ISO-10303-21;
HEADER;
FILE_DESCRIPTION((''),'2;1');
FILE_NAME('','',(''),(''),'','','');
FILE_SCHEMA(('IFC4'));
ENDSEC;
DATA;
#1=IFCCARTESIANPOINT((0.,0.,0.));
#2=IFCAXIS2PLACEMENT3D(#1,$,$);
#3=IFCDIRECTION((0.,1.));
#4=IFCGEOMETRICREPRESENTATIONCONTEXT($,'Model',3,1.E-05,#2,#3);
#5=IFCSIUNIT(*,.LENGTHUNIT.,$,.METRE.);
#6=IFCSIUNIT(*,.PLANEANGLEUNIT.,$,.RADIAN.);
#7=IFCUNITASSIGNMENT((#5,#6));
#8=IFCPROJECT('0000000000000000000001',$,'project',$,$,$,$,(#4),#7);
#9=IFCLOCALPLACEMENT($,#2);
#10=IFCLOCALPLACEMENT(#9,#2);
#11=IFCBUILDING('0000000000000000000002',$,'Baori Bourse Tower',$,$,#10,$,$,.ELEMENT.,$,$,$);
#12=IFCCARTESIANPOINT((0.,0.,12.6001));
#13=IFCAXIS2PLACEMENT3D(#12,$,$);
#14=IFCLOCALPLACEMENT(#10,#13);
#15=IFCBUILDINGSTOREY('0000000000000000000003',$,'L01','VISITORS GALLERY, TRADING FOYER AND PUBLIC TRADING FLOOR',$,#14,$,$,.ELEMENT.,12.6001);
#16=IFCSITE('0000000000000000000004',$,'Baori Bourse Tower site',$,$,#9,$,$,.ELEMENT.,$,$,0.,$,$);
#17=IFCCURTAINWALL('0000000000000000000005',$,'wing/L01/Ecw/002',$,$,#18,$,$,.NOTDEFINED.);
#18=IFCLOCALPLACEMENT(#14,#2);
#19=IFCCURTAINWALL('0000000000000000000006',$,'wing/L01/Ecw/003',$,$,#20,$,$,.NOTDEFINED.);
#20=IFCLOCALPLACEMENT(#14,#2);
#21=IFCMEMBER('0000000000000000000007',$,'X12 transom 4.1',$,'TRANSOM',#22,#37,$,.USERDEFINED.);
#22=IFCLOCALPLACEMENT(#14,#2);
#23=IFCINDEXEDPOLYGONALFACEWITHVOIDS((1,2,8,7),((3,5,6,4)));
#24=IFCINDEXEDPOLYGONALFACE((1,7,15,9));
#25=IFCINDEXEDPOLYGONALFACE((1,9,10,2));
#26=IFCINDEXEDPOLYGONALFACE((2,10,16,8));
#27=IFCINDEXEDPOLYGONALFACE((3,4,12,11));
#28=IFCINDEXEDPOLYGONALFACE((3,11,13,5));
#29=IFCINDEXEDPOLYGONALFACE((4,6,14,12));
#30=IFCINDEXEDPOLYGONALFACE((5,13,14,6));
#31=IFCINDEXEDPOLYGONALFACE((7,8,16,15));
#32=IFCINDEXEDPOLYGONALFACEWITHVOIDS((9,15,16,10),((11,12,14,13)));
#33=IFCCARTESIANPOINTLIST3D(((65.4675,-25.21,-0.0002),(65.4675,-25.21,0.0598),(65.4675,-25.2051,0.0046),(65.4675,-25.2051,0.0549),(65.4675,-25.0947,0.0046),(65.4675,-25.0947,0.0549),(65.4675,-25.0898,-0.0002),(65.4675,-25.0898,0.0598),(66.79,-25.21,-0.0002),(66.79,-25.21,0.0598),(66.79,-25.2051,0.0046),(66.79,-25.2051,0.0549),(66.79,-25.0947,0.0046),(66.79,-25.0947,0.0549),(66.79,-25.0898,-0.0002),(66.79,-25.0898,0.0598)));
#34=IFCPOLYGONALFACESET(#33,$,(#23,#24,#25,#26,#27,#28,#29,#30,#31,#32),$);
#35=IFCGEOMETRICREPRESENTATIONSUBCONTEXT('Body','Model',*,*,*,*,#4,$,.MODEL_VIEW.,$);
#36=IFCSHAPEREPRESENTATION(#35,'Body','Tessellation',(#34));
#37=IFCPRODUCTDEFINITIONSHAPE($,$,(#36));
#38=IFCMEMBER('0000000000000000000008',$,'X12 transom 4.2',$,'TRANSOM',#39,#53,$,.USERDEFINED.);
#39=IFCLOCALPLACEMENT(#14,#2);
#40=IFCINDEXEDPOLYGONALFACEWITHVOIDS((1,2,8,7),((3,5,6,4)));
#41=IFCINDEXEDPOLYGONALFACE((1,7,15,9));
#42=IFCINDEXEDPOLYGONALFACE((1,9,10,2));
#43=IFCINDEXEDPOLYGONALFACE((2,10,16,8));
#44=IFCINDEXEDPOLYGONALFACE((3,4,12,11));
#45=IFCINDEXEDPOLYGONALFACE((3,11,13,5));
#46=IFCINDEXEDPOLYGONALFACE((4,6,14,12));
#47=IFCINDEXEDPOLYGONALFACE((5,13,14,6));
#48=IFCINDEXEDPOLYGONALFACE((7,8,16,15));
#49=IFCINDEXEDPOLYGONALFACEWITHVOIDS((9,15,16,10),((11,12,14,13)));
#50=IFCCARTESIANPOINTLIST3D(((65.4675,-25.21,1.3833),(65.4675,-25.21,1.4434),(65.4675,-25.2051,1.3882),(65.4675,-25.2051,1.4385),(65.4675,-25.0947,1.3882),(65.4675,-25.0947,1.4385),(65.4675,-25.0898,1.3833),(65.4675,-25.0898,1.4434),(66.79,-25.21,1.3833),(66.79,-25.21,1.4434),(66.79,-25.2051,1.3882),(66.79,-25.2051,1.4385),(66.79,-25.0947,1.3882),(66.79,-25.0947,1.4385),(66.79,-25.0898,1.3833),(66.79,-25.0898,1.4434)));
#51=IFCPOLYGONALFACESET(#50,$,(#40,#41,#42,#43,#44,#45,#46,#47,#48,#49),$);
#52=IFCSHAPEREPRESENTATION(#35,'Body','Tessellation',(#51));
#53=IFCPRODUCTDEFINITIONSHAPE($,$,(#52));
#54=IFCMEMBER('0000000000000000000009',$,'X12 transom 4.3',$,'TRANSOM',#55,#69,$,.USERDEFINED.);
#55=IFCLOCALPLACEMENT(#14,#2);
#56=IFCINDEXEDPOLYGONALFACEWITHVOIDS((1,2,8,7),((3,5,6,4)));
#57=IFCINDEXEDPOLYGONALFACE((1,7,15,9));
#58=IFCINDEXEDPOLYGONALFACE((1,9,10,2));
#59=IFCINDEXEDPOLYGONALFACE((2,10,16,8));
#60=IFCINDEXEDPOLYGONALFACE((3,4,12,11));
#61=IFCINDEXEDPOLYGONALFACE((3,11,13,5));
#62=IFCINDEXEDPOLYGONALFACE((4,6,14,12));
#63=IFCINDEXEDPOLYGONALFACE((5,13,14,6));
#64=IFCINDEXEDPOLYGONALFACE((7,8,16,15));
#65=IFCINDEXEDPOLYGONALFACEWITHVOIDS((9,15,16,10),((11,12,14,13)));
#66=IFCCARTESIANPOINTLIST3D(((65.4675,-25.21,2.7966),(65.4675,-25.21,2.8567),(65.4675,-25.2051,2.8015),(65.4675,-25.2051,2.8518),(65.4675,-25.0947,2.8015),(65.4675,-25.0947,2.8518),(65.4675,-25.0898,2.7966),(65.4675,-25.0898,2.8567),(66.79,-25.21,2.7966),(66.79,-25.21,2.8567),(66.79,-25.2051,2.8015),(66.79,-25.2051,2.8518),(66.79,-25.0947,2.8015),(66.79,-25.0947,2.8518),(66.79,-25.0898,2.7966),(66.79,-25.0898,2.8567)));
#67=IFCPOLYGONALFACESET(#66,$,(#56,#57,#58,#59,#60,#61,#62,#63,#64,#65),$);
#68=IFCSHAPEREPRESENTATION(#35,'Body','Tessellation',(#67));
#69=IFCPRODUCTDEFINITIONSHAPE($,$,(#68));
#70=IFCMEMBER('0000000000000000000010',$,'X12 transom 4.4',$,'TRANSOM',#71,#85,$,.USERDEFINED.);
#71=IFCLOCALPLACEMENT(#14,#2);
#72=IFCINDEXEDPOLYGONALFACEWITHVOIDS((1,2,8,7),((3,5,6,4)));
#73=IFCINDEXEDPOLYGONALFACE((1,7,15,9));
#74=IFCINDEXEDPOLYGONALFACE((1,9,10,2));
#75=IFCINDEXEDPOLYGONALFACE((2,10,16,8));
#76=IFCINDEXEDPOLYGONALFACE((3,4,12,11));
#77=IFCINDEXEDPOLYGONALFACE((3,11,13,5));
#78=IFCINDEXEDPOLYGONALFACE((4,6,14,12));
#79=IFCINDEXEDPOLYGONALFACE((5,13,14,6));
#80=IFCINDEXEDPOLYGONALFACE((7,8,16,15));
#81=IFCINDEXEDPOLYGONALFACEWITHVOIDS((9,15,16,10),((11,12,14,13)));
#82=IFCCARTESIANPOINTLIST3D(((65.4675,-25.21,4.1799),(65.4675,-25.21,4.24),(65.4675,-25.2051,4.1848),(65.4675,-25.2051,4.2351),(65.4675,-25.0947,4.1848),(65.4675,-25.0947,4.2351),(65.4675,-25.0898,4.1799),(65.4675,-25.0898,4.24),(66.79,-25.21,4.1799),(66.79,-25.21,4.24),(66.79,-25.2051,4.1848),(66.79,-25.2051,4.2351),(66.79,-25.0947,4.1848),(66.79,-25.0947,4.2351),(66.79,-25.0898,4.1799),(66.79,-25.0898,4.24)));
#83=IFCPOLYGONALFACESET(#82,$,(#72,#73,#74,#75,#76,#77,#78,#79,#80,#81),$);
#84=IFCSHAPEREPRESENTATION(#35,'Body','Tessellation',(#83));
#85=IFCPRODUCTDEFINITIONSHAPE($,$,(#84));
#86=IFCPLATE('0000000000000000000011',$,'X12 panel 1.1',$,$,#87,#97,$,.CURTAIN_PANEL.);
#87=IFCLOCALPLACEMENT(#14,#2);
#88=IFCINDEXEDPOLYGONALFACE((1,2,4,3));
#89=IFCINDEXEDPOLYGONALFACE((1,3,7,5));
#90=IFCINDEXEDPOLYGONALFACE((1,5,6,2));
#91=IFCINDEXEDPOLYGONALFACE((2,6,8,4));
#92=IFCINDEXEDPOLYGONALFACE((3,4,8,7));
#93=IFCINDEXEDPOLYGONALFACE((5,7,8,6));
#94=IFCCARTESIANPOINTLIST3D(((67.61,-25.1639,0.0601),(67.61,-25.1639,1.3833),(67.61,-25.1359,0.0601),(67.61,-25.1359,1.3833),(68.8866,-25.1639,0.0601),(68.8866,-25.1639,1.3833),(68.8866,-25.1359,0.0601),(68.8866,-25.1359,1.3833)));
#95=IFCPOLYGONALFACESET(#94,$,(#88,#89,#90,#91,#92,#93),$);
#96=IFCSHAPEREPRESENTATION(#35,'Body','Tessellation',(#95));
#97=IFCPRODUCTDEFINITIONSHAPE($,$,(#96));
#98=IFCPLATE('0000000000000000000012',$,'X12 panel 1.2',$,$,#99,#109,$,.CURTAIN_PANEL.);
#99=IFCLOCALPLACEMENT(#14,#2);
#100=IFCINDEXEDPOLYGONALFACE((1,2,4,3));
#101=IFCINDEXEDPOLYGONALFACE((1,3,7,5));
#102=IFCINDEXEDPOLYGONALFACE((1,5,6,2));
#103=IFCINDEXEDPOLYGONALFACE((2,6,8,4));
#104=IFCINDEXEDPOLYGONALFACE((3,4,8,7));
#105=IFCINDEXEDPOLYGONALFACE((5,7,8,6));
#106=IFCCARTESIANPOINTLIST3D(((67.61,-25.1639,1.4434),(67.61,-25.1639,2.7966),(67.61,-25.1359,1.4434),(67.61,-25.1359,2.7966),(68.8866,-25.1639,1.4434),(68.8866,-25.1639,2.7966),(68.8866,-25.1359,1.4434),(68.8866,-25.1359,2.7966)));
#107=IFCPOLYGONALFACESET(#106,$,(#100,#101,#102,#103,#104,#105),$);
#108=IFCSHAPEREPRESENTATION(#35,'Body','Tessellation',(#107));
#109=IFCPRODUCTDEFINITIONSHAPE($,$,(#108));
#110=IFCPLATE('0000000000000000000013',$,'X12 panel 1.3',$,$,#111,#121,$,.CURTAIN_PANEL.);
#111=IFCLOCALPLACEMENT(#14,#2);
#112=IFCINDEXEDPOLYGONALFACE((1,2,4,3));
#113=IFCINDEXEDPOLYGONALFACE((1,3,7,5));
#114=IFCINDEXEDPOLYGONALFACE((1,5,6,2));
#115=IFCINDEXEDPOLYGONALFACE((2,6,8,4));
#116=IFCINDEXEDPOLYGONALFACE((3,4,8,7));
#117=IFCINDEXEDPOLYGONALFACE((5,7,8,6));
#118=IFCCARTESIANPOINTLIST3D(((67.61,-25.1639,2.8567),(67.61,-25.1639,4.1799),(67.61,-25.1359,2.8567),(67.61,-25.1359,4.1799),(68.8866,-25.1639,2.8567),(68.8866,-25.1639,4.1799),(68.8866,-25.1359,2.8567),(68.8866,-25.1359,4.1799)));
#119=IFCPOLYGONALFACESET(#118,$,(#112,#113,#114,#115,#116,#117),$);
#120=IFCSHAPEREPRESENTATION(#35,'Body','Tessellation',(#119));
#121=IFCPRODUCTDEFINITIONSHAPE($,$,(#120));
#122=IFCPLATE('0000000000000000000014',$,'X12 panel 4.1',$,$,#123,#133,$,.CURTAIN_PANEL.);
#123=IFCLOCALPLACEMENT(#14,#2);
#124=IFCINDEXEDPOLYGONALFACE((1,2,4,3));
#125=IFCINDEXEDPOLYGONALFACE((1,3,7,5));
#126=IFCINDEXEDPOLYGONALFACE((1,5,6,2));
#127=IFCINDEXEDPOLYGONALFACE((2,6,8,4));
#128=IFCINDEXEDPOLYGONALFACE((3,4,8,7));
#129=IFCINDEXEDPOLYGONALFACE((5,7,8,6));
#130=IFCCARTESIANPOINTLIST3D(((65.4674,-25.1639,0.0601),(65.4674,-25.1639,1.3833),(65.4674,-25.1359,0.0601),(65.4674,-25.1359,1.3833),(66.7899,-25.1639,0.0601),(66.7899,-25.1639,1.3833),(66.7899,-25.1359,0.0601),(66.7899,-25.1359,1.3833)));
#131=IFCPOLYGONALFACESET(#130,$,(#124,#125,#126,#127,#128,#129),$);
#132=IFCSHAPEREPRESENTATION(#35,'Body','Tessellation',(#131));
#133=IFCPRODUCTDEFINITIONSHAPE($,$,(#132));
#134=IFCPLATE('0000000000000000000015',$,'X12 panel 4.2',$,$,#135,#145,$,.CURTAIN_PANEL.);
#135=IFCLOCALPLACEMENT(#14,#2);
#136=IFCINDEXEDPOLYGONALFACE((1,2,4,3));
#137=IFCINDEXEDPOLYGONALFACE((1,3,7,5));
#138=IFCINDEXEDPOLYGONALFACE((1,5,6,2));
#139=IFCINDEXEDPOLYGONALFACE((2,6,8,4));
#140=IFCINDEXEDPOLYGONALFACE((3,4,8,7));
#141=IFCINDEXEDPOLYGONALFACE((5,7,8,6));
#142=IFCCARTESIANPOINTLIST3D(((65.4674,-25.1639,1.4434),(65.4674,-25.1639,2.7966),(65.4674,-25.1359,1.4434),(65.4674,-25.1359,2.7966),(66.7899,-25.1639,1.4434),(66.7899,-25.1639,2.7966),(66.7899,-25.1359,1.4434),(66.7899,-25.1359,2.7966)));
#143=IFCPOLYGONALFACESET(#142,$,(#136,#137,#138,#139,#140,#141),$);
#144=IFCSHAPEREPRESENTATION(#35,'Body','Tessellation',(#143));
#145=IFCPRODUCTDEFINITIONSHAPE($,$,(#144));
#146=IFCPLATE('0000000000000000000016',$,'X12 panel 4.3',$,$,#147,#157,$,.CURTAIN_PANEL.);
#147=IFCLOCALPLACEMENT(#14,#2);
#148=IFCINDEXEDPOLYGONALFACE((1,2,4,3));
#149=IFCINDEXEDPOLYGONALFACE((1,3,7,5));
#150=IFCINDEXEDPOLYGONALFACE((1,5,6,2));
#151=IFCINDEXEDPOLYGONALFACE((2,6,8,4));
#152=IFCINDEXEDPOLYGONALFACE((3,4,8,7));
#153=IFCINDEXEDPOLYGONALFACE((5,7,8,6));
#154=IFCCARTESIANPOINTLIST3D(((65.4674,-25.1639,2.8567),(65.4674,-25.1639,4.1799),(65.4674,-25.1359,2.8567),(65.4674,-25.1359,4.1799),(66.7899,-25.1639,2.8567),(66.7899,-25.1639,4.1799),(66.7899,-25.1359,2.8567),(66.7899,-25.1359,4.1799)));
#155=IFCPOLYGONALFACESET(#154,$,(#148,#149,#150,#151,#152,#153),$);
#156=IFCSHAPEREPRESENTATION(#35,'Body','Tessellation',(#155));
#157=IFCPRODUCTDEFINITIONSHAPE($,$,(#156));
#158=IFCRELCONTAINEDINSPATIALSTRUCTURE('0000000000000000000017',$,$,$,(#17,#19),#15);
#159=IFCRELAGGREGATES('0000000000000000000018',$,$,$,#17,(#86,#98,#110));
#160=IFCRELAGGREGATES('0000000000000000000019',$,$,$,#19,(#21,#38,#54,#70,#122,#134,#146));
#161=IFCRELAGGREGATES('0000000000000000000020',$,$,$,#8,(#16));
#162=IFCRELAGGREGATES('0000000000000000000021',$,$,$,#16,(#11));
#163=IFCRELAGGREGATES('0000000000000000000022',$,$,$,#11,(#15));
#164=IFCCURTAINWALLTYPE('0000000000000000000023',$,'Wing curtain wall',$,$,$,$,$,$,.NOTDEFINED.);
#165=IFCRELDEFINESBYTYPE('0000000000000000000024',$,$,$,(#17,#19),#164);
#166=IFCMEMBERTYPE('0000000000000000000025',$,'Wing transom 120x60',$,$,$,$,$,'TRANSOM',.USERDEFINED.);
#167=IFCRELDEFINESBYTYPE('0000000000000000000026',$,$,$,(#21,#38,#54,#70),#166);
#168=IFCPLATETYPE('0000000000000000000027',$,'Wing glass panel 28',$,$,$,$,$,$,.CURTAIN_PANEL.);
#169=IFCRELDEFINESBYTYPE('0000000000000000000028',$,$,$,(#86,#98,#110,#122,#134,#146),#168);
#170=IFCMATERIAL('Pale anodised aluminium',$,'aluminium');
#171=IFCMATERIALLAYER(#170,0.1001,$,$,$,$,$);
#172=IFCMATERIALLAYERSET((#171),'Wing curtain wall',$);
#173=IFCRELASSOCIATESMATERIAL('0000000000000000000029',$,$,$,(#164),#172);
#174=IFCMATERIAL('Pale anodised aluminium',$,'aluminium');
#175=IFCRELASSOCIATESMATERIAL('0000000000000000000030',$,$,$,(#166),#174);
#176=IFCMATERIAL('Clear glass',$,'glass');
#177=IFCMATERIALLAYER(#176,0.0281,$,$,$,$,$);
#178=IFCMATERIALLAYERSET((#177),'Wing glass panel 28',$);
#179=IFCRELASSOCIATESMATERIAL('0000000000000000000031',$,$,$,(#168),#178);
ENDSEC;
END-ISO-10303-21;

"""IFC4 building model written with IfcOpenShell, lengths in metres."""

from ifc_helpers import new_model, si_unit, direction, frame, origin, origin_2d, place, context, subcontext, project, spatial, rectangle, hollow_rectangle, extrude, material, layer, layer_set, material_profile, profile_set, type_object, element, aggregate, save


model = new_model("IFC4")

# Units and contexts
model_context = context("Model", 3, precision=1e-05, world=origin(), true_north=direction((0.0, 1.0)))
body_context = subcontext(model_context, "Body", "Model", "MODEL_VIEW")
ifc_project = project(units=[si_unit("LENGTHUNIT", "METRE"), si_unit("PLANEANGLEUNIT", "RADIAN")], contexts=[model_context])

# Site, building, storey
site_placement = place(None, origin())
site = spatial("IfcSite", under=ifc_project, at=site_placement, Name="Baori Bourse Tower site", CompositionType="ELEMENT", RefElevation=0.0)
building_placement = place(site_placement, origin())
building = spatial("IfcBuilding", under=site, at=building_placement, Name="Baori Bourse Tower", CompositionType="ELEMENT")
storey_placement = place(building_placement, frame((0.0, 0.0, 12.6001)))
storey = spatial("IfcBuildingStorey", under=building, at=storey_placement, Name="L01", Description="VISITORS GALLERY, TRADING FOYER AND PUBLIC TRADING FLOOR", CompositionType="ELEMENT", Elevation=12.6001)

# Curtain wall
ifc_material_1 = material(Name="Pale anodised aluminium", Category="aluminium")
ifc_layer_1 = layer(ifc_material_1, 0.1001)
ifc_layer_set_1 = layer_set([ifc_layer_1], Name="Wing curtain wall")
curtain_wall_type = type_object("IfcCurtainWallType", Name="Wing curtain wall", PredefinedType="NOTDEFINED", material=ifc_layer_set_1)
curtain_wall_1_placement = place(storey_placement, origin())
curtain_wall_1 = element("IfcCurtainWall", 1, at=curtain_wall_1_placement, inside=storey, type_object=curtain_wall_type, Name="wing/L01/Ecw/002", PredefinedType="NOTDEFINED")

# Curtain wall
curtain_wall_2_placement = place(storey_placement, origin())
curtain_wall_2 = element("IfcCurtainWall", 2, at=curtain_wall_2_placement, inside=storey, type_object=curtain_wall_type, Name="wing/L01/Ecw/003", PredefinedType="NOTDEFINED")

# Members
ifc_material_2 = material(Name="Pale anodised aluminium", Category="aluminium")
ifc_material_profile_1 = material_profile(ifc_material_2, hollow_rectangle(XDim=0.1201, YDim=0.0601, WallThickness=0.0049, at=origin_2d()), Name="Transom 120x60x5")
ifc_profile_set_1 = profile_set([ifc_material_profile_1], Name="Pale anodised aluminium")
member_type_1 = type_object("IfcMemberType", Name="Wing transom 120x60", ElementType="TRANSOM", PredefinedType="USERDEFINED", material=ifc_profile_set_1)
member_1_placement = place(storey_placement, frame((65.4675, -25.1499, 0.0298), z_axis=(1.0, 0.0, 0.0), x_axis=(0.0, 1.0, 0.0)))
member_1 = element("IfcMember", 3, at=member_1_placement, type_object=member_type_1, Name="X12 transom 4.1", ObjectType="TRANSOM", PredefinedType="USERDEFINED", context=body_context, shape_type="SweptSolid", body=[
    extrude(hollow_rectangle(XDim=0.1201, YDim=0.0601, WallThickness=0.0049, at=origin_2d()), origin(), (0.0, 0.0, 1.0), 1.3225),
])
member_2_placement = place(storey_placement, frame((65.4675, -25.1499, 1.4133), z_axis=(1.0, 0.0, 0.0), x_axis=(0.0, 1.0, 0.0)))
member_2 = element("IfcMember", 4, at=member_2_placement, type_object=member_type_1, Name="X12 transom 4.2", ObjectType="TRANSOM", PredefinedType="USERDEFINED", context=body_context, shape_type="SweptSolid", body=[
    extrude(hollow_rectangle(XDim=0.1201, YDim=0.0601, WallThickness=0.0049, at=origin_2d()), origin(), (0.0, 0.0, 1.0), 1.3225),
])
member_3_placement = place(storey_placement, frame((65.4675, -25.1499, 2.8267), z_axis=(1.0, 0.0, 0.0), x_axis=(0.0, 1.0, 0.0)))
member_3 = element("IfcMember", 5, at=member_3_placement, type_object=member_type_1, Name="X12 transom 4.3", ObjectType="TRANSOM", PredefinedType="USERDEFINED", context=body_context, shape_type="SweptSolid", body=[
    extrude(hollow_rectangle(XDim=0.1201, YDim=0.0601, WallThickness=0.0049, at=origin_2d()), origin(), (0.0, 0.0, 1.0), 1.3225),
])
member_4_placement = place(storey_placement, frame((65.4675, -25.1499, 4.21), z_axis=(1.0, 0.0, 0.0), x_axis=(0.0, 1.0, 0.0)))
member_4 = element("IfcMember", 6, at=member_4_placement, type_object=member_type_1, Name="X12 transom 4.4", ObjectType="TRANSOM", PredefinedType="USERDEFINED", context=body_context, shape_type="SweptSolid", body=[
    extrude(hollow_rectangle(XDim=0.1201, YDim=0.0601, WallThickness=0.0049, at=origin_2d()), origin(), (0.0, 0.0, 1.0), 1.3225),
])

# Plates
ifc_material_3 = material(Name="Clear glass", Category="glass")
ifc_layer_2 = layer(ifc_material_3, 0.0281)
ifc_layer_set_2 = layer_set([ifc_layer_2], Name="Wing glass panel 28")
plate_type = type_object("IfcPlateType", Name="Wing glass panel 28", PredefinedType="CURTAIN_PANEL", material=ifc_layer_set_2)
plate_1_placement = place(storey_placement, frame((68.2483, -25.1499, 0.0601), z_axis=(0.0, 0.0, 1.0), x_axis=(1.0, 0.0, 0.0)))
plate_1 = element("IfcPlate", 7, at=plate_1_placement, type_object=plate_type, Name="X12 panel 1.1", PredefinedType="CURTAIN_PANEL", context=body_context, shape_type="SweptSolid", body=[
    extrude(rectangle(XDim=1.2766, YDim=0.0281, at=origin_2d()), origin(), (0.0, 0.0, 1.0), 1.3232),
])
plate_2_placement = place(storey_placement, frame((68.2483, -25.1499, 1.4434), z_axis=(0.0, 0.0, 1.0), x_axis=(1.0, 0.0, 0.0)))
plate_2 = element("IfcPlate", 8, at=plate_2_placement, type_object=plate_type, Name="X12 panel 1.2", PredefinedType="CURTAIN_PANEL", context=body_context, shape_type="SweptSolid", body=[
    extrude(rectangle(XDim=1.2766, YDim=0.0281, at=origin_2d()), origin(), (0.0, 0.0, 1.0), 1.3533),
])
plate_3_placement = place(storey_placement, frame((68.2483, -25.1499, 2.8567), z_axis=(0.0, 0.0, 1.0), x_axis=(1.0, 0.0, 0.0)))
plate_3 = element("IfcPlate", 9, at=plate_3_placement, type_object=plate_type, Name="X12 panel 1.3", PredefinedType="CURTAIN_PANEL", context=body_context, shape_type="SweptSolid", body=[
    extrude(rectangle(XDim=1.2766, YDim=0.0281, at=origin_2d()), origin(), (0.0, 0.0, 1.0), 1.3232),
])
aggregate(curtain_wall_1, [plate_1, plate_2, plate_3])
plate_4_placement = place(storey_placement, frame((66.1287, -25.1499, 0.0601), z_axis=(0.0, 0.0, 1.0), x_axis=(1.0, 0.0, 0.0)))
plate_4 = element("IfcPlate", 10, at=plate_4_placement, type_object=plate_type, Name="X12 panel 4.1", PredefinedType="CURTAIN_PANEL", context=body_context, shape_type="SweptSolid", body=[
    extrude(rectangle(XDim=1.3225, YDim=0.0281, at=origin_2d()), origin(), (0.0, 0.0, 1.0), 1.3232),
])
plate_5_placement = place(storey_placement, frame((66.1287, -25.1499, 1.4434), z_axis=(0.0, 0.0, 1.0), x_axis=(1.0, 0.0, 0.0)))
plate_5 = element("IfcPlate", 11, at=plate_5_placement, type_object=plate_type, Name="X12 panel 4.2", PredefinedType="CURTAIN_PANEL", context=body_context, shape_type="SweptSolid", body=[
    extrude(rectangle(XDim=1.3225, YDim=0.0281, at=origin_2d()), origin(), (0.0, 0.0, 1.0), 1.3533),
])
plate_6_placement = place(storey_placement, frame((66.1287, -25.1499, 2.8567), z_axis=(0.0, 0.0, 1.0), x_axis=(1.0, 0.0, 0.0)))
plate_6 = element("IfcPlate", 12, at=plate_6_placement, type_object=plate_type, Name="X12 panel 4.3", PredefinedType="CURTAIN_PANEL", context=body_context, shape_type="SweptSolid", body=[
    extrude(rectangle(XDim=1.3225, YDim=0.0281, at=origin_2d()), origin(), (0.0, 0.0, 1.0), 1.3232),
])
aggregate(curtain_wall_2, [member_1, member_2, member_3, member_4, plate_4, plate_5, plate_6])

save(model, "model.ifc")
